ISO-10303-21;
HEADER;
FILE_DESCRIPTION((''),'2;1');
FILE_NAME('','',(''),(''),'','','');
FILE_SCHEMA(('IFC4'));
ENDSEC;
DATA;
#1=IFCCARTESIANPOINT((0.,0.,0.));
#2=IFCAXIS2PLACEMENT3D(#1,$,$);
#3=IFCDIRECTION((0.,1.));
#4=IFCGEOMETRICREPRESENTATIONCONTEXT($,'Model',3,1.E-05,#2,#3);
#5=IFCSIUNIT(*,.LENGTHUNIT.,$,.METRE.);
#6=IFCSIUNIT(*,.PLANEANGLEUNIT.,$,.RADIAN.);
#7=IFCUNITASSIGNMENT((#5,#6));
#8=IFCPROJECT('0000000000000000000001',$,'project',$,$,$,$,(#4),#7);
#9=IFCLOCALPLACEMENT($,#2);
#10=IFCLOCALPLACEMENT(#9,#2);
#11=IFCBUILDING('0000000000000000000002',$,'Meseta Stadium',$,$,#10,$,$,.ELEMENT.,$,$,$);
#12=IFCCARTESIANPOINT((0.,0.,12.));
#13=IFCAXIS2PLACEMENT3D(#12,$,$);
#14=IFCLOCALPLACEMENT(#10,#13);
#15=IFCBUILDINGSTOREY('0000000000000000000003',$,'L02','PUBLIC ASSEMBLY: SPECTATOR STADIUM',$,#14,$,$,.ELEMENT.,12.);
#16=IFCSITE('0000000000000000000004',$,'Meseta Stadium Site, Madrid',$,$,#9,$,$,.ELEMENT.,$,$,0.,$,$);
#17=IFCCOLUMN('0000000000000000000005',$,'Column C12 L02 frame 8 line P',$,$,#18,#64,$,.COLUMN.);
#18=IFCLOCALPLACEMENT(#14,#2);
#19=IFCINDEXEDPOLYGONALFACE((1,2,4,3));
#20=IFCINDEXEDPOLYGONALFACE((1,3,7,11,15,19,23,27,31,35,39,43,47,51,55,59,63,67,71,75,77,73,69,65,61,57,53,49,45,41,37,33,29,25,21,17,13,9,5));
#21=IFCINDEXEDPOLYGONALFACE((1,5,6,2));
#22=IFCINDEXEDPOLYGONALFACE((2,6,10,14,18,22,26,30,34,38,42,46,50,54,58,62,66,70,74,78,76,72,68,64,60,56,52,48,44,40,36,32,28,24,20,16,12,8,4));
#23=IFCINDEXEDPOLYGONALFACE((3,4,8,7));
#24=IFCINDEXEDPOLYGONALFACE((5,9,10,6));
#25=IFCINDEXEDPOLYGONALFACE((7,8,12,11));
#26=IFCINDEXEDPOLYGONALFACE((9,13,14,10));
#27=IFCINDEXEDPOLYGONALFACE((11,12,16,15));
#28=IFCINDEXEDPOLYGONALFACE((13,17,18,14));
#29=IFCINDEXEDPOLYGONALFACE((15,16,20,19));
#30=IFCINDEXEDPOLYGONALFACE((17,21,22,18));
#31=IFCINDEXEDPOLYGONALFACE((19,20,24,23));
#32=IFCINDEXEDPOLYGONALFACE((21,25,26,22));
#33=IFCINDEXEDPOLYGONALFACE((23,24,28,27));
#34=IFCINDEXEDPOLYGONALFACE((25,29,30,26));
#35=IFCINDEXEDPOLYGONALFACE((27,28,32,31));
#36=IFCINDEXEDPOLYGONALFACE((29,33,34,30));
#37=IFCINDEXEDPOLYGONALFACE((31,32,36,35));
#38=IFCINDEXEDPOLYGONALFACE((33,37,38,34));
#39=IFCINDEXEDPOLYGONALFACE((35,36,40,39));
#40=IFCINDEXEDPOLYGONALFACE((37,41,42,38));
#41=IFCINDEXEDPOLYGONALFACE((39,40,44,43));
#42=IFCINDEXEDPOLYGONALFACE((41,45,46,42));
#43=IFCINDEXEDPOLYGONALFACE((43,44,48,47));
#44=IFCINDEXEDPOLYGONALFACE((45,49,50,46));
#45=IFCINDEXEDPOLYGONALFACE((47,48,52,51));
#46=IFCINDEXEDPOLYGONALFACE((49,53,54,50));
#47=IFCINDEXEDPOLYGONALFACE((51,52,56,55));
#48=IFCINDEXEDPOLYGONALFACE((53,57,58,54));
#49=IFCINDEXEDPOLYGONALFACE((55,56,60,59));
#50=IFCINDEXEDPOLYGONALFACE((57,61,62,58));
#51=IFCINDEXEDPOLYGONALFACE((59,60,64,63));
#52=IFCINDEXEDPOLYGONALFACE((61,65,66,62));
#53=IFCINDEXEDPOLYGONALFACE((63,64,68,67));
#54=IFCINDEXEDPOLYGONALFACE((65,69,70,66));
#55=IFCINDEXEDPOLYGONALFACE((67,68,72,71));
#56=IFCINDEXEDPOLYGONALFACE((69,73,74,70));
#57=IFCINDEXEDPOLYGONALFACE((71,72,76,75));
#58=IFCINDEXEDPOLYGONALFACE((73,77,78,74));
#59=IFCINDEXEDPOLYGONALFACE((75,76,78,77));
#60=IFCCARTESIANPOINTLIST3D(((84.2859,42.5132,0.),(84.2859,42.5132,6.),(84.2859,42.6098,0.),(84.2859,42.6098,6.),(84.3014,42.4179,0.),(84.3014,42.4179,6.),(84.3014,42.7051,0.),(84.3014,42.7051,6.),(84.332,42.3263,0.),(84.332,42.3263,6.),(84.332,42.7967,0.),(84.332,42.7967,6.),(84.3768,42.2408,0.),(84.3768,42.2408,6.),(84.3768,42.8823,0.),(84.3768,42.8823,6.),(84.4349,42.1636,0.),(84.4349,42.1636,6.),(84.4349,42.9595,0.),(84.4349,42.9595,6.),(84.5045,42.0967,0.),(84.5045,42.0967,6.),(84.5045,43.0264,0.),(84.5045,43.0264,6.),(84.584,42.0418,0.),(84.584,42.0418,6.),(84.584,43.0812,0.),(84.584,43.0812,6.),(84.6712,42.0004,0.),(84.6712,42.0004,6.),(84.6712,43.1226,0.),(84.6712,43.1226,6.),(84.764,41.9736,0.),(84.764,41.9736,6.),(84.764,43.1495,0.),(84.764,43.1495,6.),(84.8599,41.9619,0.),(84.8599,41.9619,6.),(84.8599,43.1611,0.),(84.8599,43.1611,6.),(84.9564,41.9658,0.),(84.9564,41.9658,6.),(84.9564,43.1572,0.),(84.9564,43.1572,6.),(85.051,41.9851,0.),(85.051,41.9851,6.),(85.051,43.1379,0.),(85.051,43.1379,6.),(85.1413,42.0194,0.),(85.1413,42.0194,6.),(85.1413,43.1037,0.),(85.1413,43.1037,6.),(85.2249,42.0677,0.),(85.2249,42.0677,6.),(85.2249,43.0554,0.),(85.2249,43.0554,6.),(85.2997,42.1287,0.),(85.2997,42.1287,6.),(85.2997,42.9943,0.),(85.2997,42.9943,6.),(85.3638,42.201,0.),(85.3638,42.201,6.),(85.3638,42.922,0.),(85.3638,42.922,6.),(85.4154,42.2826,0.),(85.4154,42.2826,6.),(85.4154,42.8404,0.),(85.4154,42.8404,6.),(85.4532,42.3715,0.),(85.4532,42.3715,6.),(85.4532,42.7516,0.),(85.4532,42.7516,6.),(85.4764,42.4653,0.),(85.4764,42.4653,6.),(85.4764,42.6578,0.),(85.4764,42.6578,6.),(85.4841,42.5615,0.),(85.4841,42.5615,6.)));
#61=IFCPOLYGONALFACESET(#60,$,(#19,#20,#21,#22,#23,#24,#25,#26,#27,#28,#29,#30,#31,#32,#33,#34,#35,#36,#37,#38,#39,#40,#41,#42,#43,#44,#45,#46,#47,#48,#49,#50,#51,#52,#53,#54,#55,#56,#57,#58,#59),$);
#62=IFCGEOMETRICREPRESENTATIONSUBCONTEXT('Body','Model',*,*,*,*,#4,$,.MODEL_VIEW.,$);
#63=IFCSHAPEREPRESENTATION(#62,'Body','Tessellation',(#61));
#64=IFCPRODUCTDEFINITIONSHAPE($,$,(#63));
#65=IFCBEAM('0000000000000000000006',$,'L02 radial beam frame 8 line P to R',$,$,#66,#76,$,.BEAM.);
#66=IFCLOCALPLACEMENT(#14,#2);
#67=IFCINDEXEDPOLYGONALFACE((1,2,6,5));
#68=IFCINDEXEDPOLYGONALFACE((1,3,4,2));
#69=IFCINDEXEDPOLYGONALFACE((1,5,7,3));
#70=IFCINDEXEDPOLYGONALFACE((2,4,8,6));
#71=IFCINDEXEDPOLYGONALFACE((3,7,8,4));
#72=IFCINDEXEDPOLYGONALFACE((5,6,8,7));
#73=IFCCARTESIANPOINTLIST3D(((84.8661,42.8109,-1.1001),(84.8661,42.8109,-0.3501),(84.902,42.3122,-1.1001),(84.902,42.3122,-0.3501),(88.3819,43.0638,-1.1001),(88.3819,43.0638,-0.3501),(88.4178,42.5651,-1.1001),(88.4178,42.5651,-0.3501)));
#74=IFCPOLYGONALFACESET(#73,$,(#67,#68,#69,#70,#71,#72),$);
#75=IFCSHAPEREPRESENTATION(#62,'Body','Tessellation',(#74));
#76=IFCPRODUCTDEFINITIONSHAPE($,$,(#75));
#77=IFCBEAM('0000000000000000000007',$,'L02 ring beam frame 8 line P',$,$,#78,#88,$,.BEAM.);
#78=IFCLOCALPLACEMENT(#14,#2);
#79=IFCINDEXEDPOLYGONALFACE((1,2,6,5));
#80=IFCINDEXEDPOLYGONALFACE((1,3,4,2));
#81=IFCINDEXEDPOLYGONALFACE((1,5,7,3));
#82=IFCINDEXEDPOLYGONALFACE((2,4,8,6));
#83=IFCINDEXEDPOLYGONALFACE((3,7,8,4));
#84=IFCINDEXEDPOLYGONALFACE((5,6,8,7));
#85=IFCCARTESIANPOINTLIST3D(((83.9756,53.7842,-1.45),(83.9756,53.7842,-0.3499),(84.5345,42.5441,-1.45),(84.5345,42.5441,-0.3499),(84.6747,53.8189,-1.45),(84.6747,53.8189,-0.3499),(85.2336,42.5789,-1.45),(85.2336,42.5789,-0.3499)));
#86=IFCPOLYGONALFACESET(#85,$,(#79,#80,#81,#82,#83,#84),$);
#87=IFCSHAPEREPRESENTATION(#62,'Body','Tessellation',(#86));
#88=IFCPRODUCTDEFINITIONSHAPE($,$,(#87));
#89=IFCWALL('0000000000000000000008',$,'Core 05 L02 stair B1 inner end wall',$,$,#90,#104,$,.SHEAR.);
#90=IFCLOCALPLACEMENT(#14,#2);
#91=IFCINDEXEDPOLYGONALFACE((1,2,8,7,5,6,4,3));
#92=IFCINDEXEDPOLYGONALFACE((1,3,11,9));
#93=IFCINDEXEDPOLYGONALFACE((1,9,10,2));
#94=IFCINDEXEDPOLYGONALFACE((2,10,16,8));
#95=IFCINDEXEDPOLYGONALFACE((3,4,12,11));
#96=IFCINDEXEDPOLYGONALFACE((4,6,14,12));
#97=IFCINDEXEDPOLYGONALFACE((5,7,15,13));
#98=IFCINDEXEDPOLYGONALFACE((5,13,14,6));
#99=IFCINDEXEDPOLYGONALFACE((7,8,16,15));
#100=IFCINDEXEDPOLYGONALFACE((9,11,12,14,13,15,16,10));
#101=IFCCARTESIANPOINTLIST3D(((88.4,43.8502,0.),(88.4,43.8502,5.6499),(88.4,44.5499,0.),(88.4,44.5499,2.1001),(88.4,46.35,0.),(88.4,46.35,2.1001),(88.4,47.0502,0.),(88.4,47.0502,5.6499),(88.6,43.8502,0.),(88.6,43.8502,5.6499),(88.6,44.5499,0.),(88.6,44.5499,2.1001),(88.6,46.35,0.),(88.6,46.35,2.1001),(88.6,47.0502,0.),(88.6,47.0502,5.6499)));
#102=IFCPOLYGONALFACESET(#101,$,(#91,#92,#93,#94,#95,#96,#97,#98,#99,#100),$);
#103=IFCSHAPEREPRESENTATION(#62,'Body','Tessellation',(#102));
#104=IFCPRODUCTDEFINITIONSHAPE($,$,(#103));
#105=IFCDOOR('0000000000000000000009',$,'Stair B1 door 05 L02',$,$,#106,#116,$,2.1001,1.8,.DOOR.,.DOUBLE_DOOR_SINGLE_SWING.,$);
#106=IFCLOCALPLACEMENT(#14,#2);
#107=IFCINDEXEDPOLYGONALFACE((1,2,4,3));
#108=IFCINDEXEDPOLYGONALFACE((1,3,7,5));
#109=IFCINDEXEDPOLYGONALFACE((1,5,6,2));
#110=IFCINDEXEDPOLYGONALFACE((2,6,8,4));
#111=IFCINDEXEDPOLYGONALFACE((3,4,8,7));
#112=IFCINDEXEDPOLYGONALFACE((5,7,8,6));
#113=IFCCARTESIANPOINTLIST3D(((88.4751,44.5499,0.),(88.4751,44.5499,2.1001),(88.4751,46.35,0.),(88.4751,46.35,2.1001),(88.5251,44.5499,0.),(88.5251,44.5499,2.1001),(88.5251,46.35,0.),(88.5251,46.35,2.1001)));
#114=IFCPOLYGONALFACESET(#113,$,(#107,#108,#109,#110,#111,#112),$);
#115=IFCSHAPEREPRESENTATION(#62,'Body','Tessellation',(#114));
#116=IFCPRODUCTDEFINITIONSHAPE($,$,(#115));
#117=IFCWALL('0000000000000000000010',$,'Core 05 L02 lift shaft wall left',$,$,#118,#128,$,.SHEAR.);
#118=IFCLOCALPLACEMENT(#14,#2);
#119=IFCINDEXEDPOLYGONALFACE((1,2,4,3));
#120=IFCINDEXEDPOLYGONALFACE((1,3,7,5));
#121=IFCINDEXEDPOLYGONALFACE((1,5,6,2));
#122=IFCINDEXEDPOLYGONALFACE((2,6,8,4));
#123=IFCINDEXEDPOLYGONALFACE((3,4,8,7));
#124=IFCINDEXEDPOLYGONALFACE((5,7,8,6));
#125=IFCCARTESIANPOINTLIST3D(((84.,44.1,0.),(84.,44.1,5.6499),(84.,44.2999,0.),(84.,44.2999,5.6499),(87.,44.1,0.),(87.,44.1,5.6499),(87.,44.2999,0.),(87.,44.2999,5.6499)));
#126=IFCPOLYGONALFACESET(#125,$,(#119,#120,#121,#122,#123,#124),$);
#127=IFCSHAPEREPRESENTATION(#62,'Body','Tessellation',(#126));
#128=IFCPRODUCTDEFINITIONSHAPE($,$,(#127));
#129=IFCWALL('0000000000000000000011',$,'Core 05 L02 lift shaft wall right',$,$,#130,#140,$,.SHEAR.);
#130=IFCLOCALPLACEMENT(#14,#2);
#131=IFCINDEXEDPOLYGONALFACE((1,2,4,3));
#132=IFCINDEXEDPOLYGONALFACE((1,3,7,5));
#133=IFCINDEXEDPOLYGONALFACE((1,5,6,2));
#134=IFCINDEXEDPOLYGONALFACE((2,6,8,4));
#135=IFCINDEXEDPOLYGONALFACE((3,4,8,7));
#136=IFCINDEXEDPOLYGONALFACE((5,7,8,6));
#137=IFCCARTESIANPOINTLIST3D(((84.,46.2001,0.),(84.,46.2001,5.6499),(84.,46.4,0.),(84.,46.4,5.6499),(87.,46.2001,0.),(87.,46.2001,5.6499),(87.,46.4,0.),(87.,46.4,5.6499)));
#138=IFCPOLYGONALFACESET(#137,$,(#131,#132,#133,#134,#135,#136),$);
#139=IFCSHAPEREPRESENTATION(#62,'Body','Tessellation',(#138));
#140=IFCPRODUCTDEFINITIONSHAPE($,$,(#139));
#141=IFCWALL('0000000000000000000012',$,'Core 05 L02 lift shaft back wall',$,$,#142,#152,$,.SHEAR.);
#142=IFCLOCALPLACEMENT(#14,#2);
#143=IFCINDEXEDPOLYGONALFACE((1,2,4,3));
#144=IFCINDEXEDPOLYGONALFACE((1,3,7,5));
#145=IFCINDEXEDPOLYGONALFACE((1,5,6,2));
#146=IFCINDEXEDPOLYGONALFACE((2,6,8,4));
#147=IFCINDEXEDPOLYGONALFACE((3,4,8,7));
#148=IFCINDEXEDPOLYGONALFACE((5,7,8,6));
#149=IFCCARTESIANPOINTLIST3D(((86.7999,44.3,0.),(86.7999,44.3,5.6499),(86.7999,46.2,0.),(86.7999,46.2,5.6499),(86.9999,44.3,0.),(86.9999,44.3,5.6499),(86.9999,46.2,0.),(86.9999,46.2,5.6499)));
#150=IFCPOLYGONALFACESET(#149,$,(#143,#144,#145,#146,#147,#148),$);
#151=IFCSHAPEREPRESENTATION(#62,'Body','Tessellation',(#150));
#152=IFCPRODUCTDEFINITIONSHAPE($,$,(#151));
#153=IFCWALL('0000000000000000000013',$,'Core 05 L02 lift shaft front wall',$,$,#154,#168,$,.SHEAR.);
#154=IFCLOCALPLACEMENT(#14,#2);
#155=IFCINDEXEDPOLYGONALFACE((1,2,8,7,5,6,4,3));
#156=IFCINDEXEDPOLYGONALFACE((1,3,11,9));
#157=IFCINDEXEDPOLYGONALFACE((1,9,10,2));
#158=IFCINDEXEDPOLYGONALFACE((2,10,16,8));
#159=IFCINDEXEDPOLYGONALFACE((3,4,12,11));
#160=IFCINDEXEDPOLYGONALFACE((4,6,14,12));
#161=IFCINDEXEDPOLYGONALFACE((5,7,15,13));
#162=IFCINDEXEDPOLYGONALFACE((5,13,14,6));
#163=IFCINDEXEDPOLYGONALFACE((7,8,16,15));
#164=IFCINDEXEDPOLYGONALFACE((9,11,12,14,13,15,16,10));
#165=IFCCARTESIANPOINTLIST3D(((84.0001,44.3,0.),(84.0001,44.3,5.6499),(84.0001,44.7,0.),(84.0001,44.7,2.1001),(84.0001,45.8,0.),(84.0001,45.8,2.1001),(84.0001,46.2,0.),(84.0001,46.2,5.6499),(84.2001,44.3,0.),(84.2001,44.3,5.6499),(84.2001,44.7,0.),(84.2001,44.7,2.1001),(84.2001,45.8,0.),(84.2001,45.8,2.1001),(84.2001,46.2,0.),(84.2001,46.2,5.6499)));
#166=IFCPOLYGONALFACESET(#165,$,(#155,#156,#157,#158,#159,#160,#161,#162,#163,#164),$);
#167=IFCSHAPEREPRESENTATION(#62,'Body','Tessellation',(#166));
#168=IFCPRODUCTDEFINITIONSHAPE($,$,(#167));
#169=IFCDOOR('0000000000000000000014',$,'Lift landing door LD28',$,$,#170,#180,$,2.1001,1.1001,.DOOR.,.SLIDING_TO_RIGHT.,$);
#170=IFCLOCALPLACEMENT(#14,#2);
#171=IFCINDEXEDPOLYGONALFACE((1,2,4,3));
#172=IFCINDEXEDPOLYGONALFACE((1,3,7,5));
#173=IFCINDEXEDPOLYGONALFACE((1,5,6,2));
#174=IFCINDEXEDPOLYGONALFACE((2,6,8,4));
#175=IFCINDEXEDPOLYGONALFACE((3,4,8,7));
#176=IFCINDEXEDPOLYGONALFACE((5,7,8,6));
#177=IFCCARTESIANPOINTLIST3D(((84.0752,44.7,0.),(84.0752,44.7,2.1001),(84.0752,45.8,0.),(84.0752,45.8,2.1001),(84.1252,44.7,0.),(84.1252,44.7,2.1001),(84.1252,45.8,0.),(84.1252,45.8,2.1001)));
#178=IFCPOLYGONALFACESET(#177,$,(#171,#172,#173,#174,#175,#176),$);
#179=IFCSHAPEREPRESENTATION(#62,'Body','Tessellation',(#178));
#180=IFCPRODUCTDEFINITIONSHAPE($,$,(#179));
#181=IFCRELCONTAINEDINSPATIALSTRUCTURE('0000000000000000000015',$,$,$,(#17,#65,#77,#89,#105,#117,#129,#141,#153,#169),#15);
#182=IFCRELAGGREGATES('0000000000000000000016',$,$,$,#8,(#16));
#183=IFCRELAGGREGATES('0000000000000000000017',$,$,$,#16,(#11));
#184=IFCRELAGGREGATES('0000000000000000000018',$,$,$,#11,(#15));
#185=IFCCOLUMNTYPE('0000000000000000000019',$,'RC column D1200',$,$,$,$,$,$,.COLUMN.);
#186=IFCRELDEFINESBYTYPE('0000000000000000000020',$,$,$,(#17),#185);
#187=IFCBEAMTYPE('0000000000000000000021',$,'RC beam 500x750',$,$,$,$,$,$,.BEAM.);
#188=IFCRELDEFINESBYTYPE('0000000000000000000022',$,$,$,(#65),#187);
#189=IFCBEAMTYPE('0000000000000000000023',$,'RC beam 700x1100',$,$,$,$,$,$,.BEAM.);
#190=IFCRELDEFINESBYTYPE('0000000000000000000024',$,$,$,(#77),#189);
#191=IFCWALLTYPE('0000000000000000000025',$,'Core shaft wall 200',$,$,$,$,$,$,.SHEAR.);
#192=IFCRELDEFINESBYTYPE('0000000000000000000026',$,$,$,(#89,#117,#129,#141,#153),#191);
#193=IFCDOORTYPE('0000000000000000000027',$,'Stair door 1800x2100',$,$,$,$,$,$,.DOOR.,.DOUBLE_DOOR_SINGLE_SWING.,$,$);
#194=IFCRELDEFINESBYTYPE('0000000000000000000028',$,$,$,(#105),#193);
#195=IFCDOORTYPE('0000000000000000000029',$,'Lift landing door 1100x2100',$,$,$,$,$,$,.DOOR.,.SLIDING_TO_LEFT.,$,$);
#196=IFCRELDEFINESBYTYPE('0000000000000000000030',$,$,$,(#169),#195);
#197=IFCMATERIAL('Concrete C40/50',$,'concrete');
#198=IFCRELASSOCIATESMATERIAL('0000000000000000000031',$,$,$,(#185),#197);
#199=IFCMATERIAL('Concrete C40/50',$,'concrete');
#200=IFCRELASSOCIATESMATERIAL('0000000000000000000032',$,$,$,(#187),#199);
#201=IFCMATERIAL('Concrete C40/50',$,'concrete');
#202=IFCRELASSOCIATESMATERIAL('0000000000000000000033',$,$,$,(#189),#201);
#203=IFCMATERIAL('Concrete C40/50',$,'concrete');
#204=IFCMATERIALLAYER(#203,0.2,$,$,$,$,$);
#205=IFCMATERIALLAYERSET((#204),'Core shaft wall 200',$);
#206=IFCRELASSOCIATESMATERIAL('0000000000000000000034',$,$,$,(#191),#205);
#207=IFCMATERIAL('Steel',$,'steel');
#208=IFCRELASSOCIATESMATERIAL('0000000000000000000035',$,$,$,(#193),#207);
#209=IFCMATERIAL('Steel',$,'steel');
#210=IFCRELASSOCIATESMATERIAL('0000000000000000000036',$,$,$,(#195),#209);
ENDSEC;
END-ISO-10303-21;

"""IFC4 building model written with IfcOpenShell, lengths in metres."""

from ifc_helpers import new_model, si_unit, direction, frame, frame_2d, origin, origin_2d, place, context, subcontext, project, spatial, rectangle, circle, extrude, material, layer, layer_set, material_profile, profile_set, type_object, element, fill, save


model = new_model("IFC4")

# Units and contexts
model_context = context("Model", 3, precision=1e-05, world=origin(), true_north=direction((0.0, 1.0)))
body_context = subcontext(model_context, "Body", "Model", "MODEL_VIEW")
ifc_project = project(units=[si_unit("LENGTHUNIT", "METRE"), si_unit("PLANEANGLEUNIT", "RADIAN")], contexts=[model_context])

# Site, building, storey
site_placement = place(None, origin())
site = spatial("IfcSite", under=ifc_project, at=site_placement, Name="Meseta Stadium Site, Madrid", CompositionType="ELEMENT", RefElevation=0.0)
building_placement = place(site_placement, origin())
building = spatial("IfcBuilding", under=site, at=building_placement, Name="Meseta Stadium", CompositionType="ELEMENT")
storey_placement = place(building_placement, frame((0.0, 0.0, 12.0)))
storey = spatial("IfcBuildingStorey", under=building, at=storey_placement, Name="L02", Description="PUBLIC ASSEMBLY: SPECTATOR STADIUM", CompositionType="ELEMENT", Elevation=12.0)

# Column
ifc_material_1 = material(Name="Concrete C40/50", Category="concrete")
ifc_material_profile_1 = material_profile(ifc_material_1, circle(Radius=0.6001, at=origin_2d()), Name="RC D1200")
ifc_profile_set_1 = profile_set([ifc_material_profile_1], Name="Concrete C40/50")
column_type = type_object("IfcColumnType", Name="RC column D1200", PredefinedType="COLUMN", material=ifc_profile_set_1)
column_placement = place(storey_placement, frame((84.884, 42.5615, 0.0), z_axis=(0.0, 0.0, 1.0), x_axis=(1.0, 0.0, 0.0)))
element("IfcColumn", 1, at=column_placement, inside=storey, type_object=column_type, Name="Column C12 L02 frame 8 line P", PredefinedType="COLUMN", context=body_context, shape_type="SweptSolid", body=[
    extrude(circle(Radius=0.6001, at=origin_2d()), origin(), (0.0, 0.0, 1.0), 6.0),
])

# Beams
ifc_material_2 = material(Name="Concrete C40/50", Category="concrete")
ifc_material_profile_2 = material_profile(ifc_material_2, rectangle(XDim=0.5, YDim=0.75, at=origin_2d()), Name="RC 500x750")
ifc_profile_set_2 = profile_set([ifc_material_profile_2], Name="Concrete C40/50")
beam_type_1 = type_object("IfcBeamType", Name="RC beam 500x750", PredefinedType="BEAM", material=ifc_profile_set_2)
beam_1_placement = place(storey_placement, frame((84.884, 42.5615, -0.7251), z_axis=(0.997422, 0.071754, 0.0), x_axis=(-0.071754, 0.997422, 0.0)))
element("IfcBeam", 2, at=beam_1_placement, inside=storey, type_object=beam_type_1, Name="L02 radial beam frame 8 line P to R", PredefinedType="BEAM", context=body_context, shape_type="SweptSolid", body=[
    extrude(rectangle(XDim=0.5, YDim=0.75, at=origin_2d()), origin(), (0.0, 0.0, 1.0), 3.5249),
])
ifc_material_3 = material(Name="Concrete C40/50", Category="concrete")
ifc_material_profile_3 = material_profile(ifc_material_3, rectangle(XDim=0.7, YDim=1.1001, at=origin_2d()), Name="RC 700x1100")
ifc_profile_set_3 = profile_set([ifc_material_profile_3], Name="Concrete C40/50")
beam_type_2 = type_object("IfcBeamType", Name="RC beam 700x1100", PredefinedType="BEAM", material=ifc_profile_set_3)
beam_2_placement = place(storey_placement, frame((84.884, 42.5615, -0.8999), z_axis=(-0.049657, 0.998766, 0.0), x_axis=(-0.998766, -0.049657, 0.0)))
element("IfcBeam", 3, at=beam_2_placement, inside=storey, type_object=beam_type_2, Name="L02 ring beam frame 8 line P", PredefinedType="BEAM", context=body_context, shape_type="SweptSolid", body=[
    extrude(rectangle(XDim=0.7, YDim=1.1001, at=origin_2d()), origin(), (0.0, 0.0, 1.0), 11.2539),
])

# Wall, opening, door
ifc_material_4 = material(Name="Concrete C40/50", Category="concrete")
ifc_layer = layer(ifc_material_4, 0.2)
ifc_layer_set = layer_set([ifc_layer], Name="Core shaft wall 200")
wall_type = type_object("IfcWallType", Name="Core shaft wall 200", PredefinedType="SHEAR", material=ifc_layer_set)
wall_1_placement = place(storey_placement, frame((88.5, 43.8501, 0.0), z_axis=(0.0, 0.0, 1.0), x_axis=(0.0, 1.0, 0.0)))
wall_1 = element("IfcWall", 4, at=wall_1_placement, inside=storey, type_object=wall_type, Name="Core 05 L02 stair B1 inner end wall", PredefinedType="SHEAR", context=body_context, shape_type="SweptSolid", body=[
    extrude(rectangle(XDim=3.2, YDim=0.2, at=frame_2d((1.6001, 0.0))), origin(), (0.0, 0.0, 1.0), 5.6499),
])
opening_1_placement = place(wall_1_placement, frame((0.7, 0.0, 0.0)))
opening_1 = element("IfcOpeningElement", 5, at=opening_1_placement, cuts=wall_1, PredefinedType="OPENING", context=body_context, shape_type="SweptSolid", body=[
    extrude(rectangle(XDim=1.8, YDim=2.1001, at=frame_2d((0.8999, 1.05))), frame((0.0, 0.1099, 0.0), z_axis=(0.0, -1.0, 0.0), x_axis=(1.0, 0.0, 0.0)), (0.0, 0.0, 1.0), 0.22),
])
ifc_material_5 = material(Name="Steel", Category="steel")
door_type_1 = type_object("IfcDoorType", Name="Stair door 1800x2100", OperationType="DOUBLE_DOOR_SINGLE_SWING", PredefinedType="DOOR", material=ifc_material_5)
door_1_placement = place(opening_1_placement, origin())
door_1 = element("IfcDoor", 6, at=door_1_placement, inside=storey, type_object=door_type_1, Name="Stair B1 door 05 L02", OperationType="DOUBLE_DOOR_SINGLE_SWING", OverallHeight=2.1001, OverallWidth=1.8, PredefinedType="DOOR", context=body_context, shape_type="SweptSolid", body=[
    extrude(rectangle(XDim=1.8, YDim=2.1001, at=frame_2d((0.8999, 1.05))), frame((0.0, 0.0249, 0.0), z_axis=(0.0, -1.0, 0.0), x_axis=(1.0, 0.0, 0.0)), (0.0, 0.0, 1.0), 0.05),
])
fill(opening_1, door_1)

# Walls
for number, where, z_axis, x_axis, name in (
    (7, (87.0, 44.2, 0.0), (0.0, 0.0, 1.0), (-1.0, 0.0, 0.0), "Core 05 L02 lift shaft wall left"),
    (8, (87.0, 46.3, 0.0), (0.0, 0.0, 1.0), (-1.0, 0.0, 0.0), "Core 05 L02 lift shaft wall right"),
):
    element("IfcWall", number, at=place(storey_placement, frame(where, z_axis=z_axis, x_axis=x_axis)), inside=storey, type_object=wall_type, Name=name, PredefinedType="SHEAR", context=body_context, shape_type="SweptSolid", body=[
        extrude(rectangle(XDim=3.0, YDim=0.2, at=frame_2d((1.5, 0.0))), origin(), (0.0, 0.0, 1.0), 5.6499),
    ])
wall_2_placement = place(storey_placement, frame((86.8999, 44.3, 0.0), z_axis=(0.0, 0.0, 1.0), x_axis=(0.0, 1.0, 0.0)))
element("IfcWall", 9, at=wall_2_placement, inside=storey, type_object=wall_type, Name="Core 05 L02 lift shaft back wall", PredefinedType="SHEAR", context=body_context, shape_type="SweptSolid", body=[
    extrude(rectangle(XDim=1.8999, YDim=0.2, at=frame_2d((0.95, 0.0))), origin(), (0.0, 0.0, 1.0), 5.6499),
])

# Wall, opening, door
wall_3_placement = place(storey_placement, frame((84.1001, 44.3, 0.0), z_axis=(0.0, 0.0, 1.0), x_axis=(0.0, 1.0, 0.0)))
wall_3 = element("IfcWall", 10, at=wall_3_placement, inside=storey, type_object=wall_type, Name="Core 05 L02 lift shaft front wall", PredefinedType="SHEAR", context=body_context, shape_type="SweptSolid", body=[
    extrude(rectangle(XDim=1.8999, YDim=0.2, at=frame_2d((0.95, 0.0))), origin(), (0.0, 0.0, 1.0), 5.6499),
])
opening_2_placement = place(wall_3_placement, frame((0.3999, 0.0, 0.0)))
opening_2 = element("IfcOpeningElement", 11, at=opening_2_placement, cuts=wall_3, PredefinedType="OPENING", context=body_context, shape_type="SweptSolid", body=[
    extrude(rectangle(XDim=1.1001, YDim=2.1001, at=frame_2d((0.55, 1.05))), frame((0.0, 0.1099, 0.0), z_axis=(0.0, -1.0, 0.0), x_axis=(1.0, 0.0, 0.0)), (0.0, 0.0, 1.0), 0.22),
])
ifc_material_6 = material(Name="Steel", Category="steel")
door_type_2 = type_object("IfcDoorType", Name="Lift landing door 1100x2100", OperationType="SLIDING_TO_LEFT", PredefinedType="DOOR", material=ifc_material_6)
door_2_placement = place(opening_2_placement, origin())
door_2 = element("IfcDoor", 12, at=door_2_placement, inside=storey, type_object=door_type_2, Name="Lift landing door LD28", OperationType="SLIDING_TO_RIGHT", OverallHeight=2.1001, OverallWidth=1.1001, PredefinedType="DOOR", context=body_context, shape_type="SweptSolid", body=[
    extrude(rectangle(XDim=1.1001, YDim=2.1001, at=frame_2d((0.55, 1.05))), frame((0.0, 0.0249, 0.0), z_axis=(0.0, -1.0, 0.0), x_axis=(1.0, 0.0, 0.0)), (0.0, 0.0, 1.0), 0.05),
])
fill(opening_2, door_2)

save(model, "model.ifc")
